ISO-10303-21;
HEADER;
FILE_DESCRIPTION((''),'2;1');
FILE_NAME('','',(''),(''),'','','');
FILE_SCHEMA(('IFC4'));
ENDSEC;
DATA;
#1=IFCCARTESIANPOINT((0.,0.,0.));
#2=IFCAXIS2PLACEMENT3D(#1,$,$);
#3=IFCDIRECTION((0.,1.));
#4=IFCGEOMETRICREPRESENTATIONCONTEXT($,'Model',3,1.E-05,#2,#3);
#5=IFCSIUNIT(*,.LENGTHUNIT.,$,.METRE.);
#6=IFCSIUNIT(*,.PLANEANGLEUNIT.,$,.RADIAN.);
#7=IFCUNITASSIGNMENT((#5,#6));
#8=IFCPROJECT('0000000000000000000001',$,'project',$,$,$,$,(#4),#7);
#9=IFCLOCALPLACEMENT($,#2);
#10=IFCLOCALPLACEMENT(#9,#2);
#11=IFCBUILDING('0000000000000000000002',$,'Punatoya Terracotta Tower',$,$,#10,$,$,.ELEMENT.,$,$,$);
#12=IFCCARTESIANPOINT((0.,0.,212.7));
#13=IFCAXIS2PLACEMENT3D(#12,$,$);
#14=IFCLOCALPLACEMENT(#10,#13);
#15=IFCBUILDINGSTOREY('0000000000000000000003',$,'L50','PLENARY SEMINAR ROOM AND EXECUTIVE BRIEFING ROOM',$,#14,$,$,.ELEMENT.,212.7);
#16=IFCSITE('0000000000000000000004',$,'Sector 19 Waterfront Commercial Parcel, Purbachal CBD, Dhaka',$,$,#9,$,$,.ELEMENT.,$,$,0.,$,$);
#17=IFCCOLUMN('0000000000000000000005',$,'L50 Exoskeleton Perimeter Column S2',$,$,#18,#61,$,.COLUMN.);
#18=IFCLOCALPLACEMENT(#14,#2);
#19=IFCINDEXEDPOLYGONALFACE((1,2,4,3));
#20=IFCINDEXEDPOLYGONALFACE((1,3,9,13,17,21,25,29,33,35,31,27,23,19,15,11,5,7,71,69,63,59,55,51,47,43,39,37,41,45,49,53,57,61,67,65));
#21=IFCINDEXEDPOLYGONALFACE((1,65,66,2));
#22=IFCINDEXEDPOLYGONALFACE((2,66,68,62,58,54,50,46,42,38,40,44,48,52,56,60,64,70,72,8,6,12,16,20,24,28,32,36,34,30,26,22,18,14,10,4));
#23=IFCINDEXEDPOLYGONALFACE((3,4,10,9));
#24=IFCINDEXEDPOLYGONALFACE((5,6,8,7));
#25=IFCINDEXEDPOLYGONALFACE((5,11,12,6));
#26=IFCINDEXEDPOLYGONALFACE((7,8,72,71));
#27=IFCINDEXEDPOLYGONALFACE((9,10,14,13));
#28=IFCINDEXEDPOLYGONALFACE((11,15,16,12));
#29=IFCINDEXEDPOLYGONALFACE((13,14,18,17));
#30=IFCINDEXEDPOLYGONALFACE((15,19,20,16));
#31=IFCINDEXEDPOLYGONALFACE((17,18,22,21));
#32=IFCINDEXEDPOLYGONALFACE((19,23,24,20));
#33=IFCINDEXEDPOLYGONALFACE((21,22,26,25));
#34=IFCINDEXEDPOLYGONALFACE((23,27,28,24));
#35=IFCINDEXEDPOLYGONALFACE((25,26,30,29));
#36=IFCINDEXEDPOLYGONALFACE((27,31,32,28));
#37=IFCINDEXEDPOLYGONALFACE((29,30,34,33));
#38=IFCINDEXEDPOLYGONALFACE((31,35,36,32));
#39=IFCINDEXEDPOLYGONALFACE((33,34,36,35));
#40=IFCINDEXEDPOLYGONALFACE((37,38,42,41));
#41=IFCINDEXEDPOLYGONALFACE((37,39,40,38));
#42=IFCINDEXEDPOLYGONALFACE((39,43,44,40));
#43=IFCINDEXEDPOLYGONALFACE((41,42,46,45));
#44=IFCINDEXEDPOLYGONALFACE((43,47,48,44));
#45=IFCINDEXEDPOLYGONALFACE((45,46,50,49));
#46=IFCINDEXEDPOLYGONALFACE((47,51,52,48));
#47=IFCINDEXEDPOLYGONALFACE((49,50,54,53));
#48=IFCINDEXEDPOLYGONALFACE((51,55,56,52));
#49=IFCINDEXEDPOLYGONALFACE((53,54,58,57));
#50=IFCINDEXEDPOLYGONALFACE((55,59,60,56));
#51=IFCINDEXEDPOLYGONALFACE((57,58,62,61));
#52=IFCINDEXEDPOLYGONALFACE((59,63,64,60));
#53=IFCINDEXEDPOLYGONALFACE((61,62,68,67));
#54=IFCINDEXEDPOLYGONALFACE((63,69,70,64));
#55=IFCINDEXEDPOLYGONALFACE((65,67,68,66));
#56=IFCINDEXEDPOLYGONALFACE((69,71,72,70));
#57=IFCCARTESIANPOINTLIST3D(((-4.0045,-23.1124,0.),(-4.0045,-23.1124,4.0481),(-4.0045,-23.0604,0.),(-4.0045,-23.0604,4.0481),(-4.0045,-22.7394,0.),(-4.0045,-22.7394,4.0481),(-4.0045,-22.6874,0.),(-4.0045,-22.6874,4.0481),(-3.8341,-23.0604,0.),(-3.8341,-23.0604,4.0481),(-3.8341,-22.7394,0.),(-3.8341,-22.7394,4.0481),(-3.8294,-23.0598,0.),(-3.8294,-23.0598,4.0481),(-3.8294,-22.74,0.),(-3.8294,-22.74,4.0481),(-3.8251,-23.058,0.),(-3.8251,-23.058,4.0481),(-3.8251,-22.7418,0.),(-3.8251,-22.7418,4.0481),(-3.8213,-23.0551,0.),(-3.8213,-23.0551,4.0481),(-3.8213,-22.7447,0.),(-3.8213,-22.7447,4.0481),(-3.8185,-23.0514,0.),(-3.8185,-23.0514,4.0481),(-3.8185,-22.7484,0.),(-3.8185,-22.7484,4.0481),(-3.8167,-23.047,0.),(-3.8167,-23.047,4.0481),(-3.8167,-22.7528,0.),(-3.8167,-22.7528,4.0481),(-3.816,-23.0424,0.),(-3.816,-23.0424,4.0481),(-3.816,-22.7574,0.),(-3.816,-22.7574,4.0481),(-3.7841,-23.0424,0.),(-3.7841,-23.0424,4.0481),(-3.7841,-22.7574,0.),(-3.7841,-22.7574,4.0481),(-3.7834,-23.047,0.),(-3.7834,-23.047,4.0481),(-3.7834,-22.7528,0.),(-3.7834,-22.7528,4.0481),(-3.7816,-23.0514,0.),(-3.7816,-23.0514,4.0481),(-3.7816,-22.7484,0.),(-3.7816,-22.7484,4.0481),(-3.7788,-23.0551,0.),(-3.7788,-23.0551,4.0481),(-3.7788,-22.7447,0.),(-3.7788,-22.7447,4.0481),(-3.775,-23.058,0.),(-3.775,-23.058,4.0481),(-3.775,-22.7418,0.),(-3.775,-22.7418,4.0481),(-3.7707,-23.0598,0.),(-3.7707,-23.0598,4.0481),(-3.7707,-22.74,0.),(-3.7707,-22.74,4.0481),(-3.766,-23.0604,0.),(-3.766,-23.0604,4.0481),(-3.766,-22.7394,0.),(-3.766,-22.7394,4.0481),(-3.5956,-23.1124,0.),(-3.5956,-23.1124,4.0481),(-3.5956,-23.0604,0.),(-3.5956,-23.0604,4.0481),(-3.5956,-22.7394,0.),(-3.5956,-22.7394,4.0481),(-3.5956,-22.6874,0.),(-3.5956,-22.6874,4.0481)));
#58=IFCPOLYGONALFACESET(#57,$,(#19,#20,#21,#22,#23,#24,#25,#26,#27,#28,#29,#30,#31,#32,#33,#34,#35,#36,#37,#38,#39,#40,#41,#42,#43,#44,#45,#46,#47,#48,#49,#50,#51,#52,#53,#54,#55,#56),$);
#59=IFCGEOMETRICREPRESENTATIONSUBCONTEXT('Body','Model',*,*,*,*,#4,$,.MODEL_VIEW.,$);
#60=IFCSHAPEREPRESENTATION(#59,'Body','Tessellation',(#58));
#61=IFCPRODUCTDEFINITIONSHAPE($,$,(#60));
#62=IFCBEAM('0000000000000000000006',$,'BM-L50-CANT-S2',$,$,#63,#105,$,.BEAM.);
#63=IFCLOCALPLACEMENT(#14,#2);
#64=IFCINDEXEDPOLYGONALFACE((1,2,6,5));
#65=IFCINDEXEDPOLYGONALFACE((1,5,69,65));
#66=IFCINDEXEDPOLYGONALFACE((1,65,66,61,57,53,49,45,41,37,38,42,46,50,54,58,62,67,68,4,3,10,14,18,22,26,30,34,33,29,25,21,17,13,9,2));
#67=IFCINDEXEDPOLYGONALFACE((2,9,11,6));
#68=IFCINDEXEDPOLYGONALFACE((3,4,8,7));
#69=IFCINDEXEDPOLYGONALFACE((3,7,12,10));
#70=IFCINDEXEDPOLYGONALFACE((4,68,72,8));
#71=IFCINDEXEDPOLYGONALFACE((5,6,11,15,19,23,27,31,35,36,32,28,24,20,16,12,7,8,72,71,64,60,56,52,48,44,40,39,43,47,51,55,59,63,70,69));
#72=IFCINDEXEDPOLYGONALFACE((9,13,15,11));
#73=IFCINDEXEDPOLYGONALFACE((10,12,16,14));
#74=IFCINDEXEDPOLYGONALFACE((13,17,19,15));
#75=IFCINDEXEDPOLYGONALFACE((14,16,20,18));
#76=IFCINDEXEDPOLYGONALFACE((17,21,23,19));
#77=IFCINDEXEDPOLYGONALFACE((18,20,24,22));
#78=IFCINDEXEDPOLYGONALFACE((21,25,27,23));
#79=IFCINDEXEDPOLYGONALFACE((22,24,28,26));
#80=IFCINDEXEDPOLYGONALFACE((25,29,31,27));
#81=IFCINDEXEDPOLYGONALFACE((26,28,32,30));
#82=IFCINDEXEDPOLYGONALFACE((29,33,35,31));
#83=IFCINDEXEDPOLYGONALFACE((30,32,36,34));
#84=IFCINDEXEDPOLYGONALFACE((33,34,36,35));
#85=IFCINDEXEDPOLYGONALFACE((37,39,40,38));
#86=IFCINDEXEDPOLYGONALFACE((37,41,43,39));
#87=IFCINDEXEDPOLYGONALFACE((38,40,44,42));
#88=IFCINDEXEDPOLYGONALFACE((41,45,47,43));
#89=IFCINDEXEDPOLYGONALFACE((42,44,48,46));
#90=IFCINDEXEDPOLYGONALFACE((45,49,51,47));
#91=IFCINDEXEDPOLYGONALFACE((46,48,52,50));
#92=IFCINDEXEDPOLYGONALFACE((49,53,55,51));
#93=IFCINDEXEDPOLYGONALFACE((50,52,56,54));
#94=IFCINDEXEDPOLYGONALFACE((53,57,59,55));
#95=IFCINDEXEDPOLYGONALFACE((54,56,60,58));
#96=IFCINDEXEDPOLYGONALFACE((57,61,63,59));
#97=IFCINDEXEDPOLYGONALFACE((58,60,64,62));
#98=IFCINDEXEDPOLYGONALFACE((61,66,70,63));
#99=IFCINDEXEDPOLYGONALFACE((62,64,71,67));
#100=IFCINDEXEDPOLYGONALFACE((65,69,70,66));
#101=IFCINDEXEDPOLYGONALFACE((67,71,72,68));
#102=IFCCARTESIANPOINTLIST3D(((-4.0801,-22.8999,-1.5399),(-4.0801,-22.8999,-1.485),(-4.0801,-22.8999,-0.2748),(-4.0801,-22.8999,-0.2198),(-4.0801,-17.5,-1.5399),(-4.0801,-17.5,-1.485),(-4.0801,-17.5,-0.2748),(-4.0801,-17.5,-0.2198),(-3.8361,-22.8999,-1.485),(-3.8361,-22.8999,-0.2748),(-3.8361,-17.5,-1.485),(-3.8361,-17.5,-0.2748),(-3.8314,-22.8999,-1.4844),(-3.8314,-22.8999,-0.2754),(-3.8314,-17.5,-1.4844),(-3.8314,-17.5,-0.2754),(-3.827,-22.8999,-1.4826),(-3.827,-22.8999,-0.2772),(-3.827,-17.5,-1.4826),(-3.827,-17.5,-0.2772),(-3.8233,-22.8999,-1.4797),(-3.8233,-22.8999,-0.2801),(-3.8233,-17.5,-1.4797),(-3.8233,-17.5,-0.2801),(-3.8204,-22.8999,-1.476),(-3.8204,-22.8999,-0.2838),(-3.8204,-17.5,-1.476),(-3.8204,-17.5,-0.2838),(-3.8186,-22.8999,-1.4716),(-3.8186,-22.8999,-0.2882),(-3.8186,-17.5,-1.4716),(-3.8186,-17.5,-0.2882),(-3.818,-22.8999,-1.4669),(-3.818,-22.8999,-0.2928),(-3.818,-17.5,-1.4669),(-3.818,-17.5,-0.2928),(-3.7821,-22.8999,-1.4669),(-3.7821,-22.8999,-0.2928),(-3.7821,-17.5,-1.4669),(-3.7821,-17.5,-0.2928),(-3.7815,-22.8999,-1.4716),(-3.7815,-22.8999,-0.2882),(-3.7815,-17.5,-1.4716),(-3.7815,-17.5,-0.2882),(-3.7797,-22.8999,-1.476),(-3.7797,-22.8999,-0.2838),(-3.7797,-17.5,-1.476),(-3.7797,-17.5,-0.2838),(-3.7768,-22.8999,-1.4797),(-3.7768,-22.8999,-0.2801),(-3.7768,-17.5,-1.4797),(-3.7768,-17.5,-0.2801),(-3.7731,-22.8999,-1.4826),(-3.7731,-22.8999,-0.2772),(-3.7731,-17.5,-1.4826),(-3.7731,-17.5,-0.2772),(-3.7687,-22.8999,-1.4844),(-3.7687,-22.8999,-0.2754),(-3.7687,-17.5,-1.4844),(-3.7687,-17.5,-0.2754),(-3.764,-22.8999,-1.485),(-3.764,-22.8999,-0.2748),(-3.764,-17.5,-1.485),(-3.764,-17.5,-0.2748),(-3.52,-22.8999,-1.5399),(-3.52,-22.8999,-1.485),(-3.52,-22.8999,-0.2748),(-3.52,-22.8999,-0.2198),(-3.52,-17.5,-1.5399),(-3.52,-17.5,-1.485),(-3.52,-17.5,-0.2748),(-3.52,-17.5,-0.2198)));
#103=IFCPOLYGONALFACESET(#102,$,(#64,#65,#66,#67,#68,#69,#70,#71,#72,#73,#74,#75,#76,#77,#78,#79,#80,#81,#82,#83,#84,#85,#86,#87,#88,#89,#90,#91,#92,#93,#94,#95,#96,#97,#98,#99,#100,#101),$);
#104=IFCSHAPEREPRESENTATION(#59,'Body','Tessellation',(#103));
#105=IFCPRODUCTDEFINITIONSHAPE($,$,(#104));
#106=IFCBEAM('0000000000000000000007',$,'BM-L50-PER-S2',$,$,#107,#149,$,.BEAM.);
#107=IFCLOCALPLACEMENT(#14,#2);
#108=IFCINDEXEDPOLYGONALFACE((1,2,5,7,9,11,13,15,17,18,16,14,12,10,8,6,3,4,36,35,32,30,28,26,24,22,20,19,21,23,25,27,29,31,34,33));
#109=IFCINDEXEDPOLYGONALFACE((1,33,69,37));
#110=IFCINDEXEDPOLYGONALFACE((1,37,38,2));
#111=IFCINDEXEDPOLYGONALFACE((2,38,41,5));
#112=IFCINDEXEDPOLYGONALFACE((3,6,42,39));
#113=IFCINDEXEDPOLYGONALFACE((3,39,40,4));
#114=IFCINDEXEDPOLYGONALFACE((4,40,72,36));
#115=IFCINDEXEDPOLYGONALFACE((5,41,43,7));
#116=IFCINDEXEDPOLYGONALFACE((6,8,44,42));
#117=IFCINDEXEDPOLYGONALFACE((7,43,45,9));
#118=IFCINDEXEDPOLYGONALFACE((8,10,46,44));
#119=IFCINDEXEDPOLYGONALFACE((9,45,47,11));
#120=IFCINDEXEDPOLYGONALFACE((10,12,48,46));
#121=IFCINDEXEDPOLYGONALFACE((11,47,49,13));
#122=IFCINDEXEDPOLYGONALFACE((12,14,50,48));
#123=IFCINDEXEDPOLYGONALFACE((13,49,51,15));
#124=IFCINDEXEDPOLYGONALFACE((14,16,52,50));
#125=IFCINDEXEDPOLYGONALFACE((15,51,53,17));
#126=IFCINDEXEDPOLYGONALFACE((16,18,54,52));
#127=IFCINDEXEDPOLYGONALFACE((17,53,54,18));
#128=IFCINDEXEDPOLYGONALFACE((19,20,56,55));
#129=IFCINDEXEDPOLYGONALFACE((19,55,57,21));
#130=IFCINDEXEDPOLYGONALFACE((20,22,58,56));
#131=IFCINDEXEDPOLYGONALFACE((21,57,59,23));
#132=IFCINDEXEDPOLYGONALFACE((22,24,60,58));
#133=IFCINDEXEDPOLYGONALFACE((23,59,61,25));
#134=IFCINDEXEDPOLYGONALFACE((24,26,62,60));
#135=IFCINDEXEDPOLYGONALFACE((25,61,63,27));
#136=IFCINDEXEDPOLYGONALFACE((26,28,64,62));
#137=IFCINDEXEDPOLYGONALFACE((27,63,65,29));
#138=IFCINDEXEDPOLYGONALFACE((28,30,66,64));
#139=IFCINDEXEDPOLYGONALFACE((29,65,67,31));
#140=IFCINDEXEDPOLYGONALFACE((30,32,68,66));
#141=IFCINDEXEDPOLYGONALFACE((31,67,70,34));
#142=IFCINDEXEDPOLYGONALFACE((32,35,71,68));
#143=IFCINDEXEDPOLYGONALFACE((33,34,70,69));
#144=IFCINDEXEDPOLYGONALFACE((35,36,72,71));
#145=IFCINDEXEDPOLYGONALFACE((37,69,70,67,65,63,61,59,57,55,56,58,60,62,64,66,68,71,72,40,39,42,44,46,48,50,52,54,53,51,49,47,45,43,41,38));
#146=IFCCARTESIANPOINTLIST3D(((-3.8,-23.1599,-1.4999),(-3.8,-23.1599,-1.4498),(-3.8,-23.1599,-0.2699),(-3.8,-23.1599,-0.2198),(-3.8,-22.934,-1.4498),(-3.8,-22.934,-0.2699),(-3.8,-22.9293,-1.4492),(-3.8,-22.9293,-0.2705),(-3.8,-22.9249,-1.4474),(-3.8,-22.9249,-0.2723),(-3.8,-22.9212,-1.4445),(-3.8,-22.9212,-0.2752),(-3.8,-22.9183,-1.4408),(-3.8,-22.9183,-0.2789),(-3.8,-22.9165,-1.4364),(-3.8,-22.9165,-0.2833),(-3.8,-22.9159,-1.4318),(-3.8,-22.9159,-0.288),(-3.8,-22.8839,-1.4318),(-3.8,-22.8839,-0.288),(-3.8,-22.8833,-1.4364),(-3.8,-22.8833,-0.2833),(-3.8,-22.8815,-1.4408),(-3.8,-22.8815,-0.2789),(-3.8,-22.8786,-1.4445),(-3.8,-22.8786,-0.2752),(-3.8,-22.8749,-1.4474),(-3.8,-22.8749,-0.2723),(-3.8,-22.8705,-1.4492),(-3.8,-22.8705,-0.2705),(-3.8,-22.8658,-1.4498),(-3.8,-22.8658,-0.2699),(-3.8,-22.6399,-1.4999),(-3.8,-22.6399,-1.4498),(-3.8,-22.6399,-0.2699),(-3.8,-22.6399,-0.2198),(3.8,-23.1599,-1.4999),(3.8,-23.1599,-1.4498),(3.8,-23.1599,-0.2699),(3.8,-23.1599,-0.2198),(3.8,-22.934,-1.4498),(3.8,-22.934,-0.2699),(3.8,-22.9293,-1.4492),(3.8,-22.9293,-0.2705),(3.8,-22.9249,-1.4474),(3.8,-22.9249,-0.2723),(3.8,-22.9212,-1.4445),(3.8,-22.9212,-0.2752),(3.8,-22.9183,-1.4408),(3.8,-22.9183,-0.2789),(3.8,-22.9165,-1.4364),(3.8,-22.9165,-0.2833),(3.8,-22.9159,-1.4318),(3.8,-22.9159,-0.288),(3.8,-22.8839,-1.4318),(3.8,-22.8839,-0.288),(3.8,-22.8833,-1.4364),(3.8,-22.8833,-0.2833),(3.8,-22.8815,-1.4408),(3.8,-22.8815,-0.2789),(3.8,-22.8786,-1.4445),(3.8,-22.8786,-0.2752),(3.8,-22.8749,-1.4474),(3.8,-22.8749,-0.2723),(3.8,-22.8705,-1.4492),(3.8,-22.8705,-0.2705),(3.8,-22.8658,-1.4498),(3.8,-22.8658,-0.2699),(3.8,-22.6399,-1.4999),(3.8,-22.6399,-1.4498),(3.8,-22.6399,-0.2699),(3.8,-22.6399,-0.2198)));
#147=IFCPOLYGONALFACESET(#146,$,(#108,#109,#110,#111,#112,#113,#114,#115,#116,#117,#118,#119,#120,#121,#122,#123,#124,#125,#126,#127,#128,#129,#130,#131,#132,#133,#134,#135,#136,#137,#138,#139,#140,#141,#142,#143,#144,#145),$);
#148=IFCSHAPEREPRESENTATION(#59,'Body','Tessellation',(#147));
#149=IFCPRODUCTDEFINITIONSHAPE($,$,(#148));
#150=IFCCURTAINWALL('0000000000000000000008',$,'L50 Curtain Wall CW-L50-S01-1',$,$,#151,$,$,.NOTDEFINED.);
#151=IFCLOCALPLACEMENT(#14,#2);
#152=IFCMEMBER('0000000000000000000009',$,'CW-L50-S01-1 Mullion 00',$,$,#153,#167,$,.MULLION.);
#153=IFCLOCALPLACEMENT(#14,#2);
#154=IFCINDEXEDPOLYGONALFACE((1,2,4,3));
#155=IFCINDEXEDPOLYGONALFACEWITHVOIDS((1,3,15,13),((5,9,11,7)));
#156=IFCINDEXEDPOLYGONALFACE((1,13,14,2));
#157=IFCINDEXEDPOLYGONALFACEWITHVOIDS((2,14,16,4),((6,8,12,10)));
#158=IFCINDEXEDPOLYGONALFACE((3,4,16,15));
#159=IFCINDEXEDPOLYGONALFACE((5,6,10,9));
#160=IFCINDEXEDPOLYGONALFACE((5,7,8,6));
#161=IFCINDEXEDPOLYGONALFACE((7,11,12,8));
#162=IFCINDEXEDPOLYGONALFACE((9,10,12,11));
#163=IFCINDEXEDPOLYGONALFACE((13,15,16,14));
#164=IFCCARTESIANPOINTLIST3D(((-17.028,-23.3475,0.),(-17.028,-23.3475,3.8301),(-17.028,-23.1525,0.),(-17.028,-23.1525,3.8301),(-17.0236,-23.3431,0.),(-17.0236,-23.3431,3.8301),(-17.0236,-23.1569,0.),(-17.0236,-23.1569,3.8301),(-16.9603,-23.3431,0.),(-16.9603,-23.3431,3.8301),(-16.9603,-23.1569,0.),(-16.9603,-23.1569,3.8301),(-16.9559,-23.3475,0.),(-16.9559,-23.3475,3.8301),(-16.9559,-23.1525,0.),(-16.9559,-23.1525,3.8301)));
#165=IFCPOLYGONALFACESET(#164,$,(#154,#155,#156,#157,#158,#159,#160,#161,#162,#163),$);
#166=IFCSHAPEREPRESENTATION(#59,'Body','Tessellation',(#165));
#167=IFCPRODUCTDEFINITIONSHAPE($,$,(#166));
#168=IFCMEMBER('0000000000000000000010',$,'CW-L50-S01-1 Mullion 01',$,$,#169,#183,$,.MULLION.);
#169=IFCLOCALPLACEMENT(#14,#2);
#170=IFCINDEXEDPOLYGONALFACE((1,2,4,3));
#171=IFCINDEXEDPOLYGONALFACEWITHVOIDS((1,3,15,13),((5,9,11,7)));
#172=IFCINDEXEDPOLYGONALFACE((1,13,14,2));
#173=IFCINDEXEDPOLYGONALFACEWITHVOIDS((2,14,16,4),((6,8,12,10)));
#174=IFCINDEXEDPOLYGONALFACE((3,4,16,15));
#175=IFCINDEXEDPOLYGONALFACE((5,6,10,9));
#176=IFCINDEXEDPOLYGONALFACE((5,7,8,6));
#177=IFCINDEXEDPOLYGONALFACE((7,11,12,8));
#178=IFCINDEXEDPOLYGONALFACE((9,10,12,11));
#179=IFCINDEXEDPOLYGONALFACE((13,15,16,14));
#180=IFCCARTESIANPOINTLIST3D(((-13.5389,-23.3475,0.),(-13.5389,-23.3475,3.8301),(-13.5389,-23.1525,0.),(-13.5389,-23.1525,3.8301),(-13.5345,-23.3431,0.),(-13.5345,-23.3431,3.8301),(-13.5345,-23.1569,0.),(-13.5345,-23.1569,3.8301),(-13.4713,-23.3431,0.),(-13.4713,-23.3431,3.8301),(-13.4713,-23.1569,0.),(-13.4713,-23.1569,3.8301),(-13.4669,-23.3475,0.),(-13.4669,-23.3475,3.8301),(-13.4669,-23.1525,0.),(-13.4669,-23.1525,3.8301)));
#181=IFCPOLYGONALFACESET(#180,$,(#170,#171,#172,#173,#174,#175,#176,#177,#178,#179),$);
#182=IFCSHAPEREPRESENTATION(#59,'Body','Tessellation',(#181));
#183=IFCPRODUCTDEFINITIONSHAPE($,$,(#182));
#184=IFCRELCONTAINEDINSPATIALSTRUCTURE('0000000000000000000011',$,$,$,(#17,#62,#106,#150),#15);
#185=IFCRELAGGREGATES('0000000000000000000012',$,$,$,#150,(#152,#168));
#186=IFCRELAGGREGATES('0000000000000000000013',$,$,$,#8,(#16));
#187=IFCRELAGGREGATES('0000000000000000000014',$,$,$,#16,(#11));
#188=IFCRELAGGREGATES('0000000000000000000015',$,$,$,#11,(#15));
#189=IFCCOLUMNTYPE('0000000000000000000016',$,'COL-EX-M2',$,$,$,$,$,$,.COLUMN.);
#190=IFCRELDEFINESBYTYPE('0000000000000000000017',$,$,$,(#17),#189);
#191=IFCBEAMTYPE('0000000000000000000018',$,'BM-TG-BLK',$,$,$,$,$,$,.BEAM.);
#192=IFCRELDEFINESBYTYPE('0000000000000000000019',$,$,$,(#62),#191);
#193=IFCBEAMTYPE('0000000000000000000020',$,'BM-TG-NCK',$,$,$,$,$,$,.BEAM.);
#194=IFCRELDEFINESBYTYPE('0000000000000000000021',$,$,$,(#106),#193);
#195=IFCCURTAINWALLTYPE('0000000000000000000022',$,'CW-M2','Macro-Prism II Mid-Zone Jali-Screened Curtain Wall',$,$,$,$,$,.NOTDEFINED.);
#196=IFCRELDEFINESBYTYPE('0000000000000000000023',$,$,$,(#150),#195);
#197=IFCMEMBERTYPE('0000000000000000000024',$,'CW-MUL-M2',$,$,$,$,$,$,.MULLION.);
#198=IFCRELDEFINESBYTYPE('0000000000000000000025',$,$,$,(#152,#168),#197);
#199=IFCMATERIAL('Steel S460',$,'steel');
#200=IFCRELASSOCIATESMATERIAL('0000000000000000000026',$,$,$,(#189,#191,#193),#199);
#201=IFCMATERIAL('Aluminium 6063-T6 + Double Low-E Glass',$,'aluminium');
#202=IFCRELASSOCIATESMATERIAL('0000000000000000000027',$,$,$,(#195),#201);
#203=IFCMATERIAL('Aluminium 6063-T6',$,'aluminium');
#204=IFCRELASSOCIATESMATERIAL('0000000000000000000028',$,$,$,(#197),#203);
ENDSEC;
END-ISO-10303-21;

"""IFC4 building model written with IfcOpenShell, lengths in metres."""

from ifc_helpers import new_model, si_unit, direction, frame, origin, origin_2d, place, context, subcontext, project, spatial, hollow_rectangle, i_section, extrude, material, material_profile, profile_set, type_object, element, aggregate, save


model = new_model("IFC4")

# Units and contexts
model_context = context("Model", 3, precision=1e-05, world=origin(), true_north=direction((0.0, 1.0)))
body_context = subcontext(model_context, "Body", "Model", "MODEL_VIEW")
ifc_project = project(units=[si_unit("LENGTHUNIT", "METRE"), si_unit("PLANEANGLEUNIT", "RADIAN")], contexts=[model_context])

# Site, building, storey
site_placement = place(None, origin())
site = spatial("IfcSite", under=ifc_project, at=site_placement, Name="Sector 19 Waterfront Commercial Parcel, Purbachal CBD, Dhaka", CompositionType="ELEMENT", RefElevation=0.0)
building_placement = place(site_placement, origin())
building = spatial("IfcBuilding", under=site, at=building_placement, Name="Punatoya Terracotta Tower", CompositionType="ELEMENT")
storey_placement = place(building_placement, frame((0.0, 0.0, 212.7)))
storey = spatial("IfcBuildingStorey", under=building, at=storey_placement, Name="L50", Description="PLENARY SEMINAR ROOM AND EXECUTIVE BRIEFING ROOM", CompositionType="ELEMENT", Elevation=212.7)

# Column
ifc_material_1 = material(Name="Steel S460", Category="steel")
ifc_material_profile_1 = material_profile(ifc_material_1, i_section(OverallWidth=0.4089, OverallDepth=0.425, WebThickness=0.032, FlangeThickness=0.052, FilletRadius=0.0181, at=origin_2d()))
ifc_profile_set_1 = profile_set([ifc_material_profile_1], Name="Steel S460")
column_type = type_object("IfcColumnType", Name="COL-EX-M2", PredefinedType="COLUMN", material=ifc_profile_set_1)
column_placement = place(storey_placement, frame((-3.8, -22.8999, 0.0), z_axis=(0.0, 0.0, 1.0), x_axis=(1.0, 0.0, 0.0)))
element("IfcColumn", 1, at=column_placement, inside=storey, type_object=column_type, Name="L50 Exoskeleton Perimeter Column S2", PredefinedType="COLUMN", context=body_context, shape_type="SweptSolid", body=[
    extrude(i_section(OverallWidth=0.4089, OverallDepth=0.425, WebThickness=0.032, FlangeThickness=0.052, FilletRadius=0.0181, at=origin_2d()), origin(), (0.0, 0.0, 1.0), 4.0481),
])

# Beams
ifc_material_profile_2 = material_profile(ifc_material_1, i_section(OverallWidth=0.5601, OverallDepth=1.3201, WebThickness=0.0359, FlangeThickness=0.0549, FilletRadius=0.0181, at=origin_2d()))
ifc_profile_set_2 = profile_set([ifc_material_profile_2], Name="Steel S460")
beam_type_1 = type_object("IfcBeamType", Name="BM-TG-BLK", PredefinedType="BEAM", material=ifc_profile_set_2)
beam_1_placement = place(storey_placement, frame((-3.8, -22.8999, -0.8799), z_axis=(0.0, 1.0, 0.0), x_axis=(-1.0, 0.0, 0.0)))
element("IfcBeam", 2, at=beam_1_placement, inside=storey, type_object=beam_type_1, Name="BM-L50-CANT-S2", PredefinedType="BEAM", context=body_context, shape_type="SweptSolid", body=[
    extrude(i_section(OverallWidth=0.5601, OverallDepth=1.3201, WebThickness=0.0359, FlangeThickness=0.0549, FilletRadius=0.0181, at=origin_2d()), origin(), (0.0, 0.0, 1.0), 5.3999),
])
ifc_material_profile_3 = material_profile(ifc_material_1, i_section(OverallWidth=0.52, OverallDepth=1.28, WebThickness=0.032, FlangeThickness=0.05, FilletRadius=0.0181, at=origin_2d()))
ifc_profile_set_3 = profile_set([ifc_material_profile_3], Name="Steel S460")
beam_type_2 = type_object("IfcBeamType", Name="BM-TG-NCK", PredefinedType="BEAM", material=ifc_profile_set_3)
beam_2_placement = place(storey_placement, frame((-3.8, -22.8999, -0.8599), z_axis=(1.0, 0.0, 0.0), x_axis=(0.0, 1.0, 0.0)))
element("IfcBeam", 3, at=beam_2_placement, inside=storey, type_object=beam_type_2, Name="BM-L50-PER-S2", PredefinedType="BEAM", context=body_context, shape_type="SweptSolid", body=[
    extrude(i_section(OverallWidth=0.52, OverallDepth=1.28, WebThickness=0.032, FlangeThickness=0.05, FilletRadius=0.0181, at=origin_2d()), origin(), (0.0, 0.0, 1.0), 7.6001),
])

# Curtain wall, members
ifc_material_2 = material(Name="Aluminium 6063-T6 + Double Low-E Glass", Category="aluminium")
curtain_wall_type = type_object("IfcCurtainWallType", Name="CW-M2", Description="Macro-Prism II Mid-Zone Jali-Screened Curtain Wall", PredefinedType="NOTDEFINED", material=ifc_material_2)
curtain_wall_1_placement = place(storey_placement, origin())
curtain_wall_1 = element("IfcCurtainWall", 4, at=curtain_wall_1_placement, inside=storey, type_object=curtain_wall_type, Name="L50 Curtain Wall CW-L50-S01-1", PredefinedType="NOTDEFINED")
ifc_material_3 = material(Name="Aluminium 6063-T6", Category="aluminium")
ifc_material_profile_4 = material_profile(ifc_material_3, hollow_rectangle(XDim=0.072, YDim=0.1951, WallThickness=0.0044, at=origin_2d()))
ifc_profile_set_4 = profile_set([ifc_material_profile_4], Name="Aluminium 6063-T6")
member_type_1 = type_object("IfcMemberType", Name="CW-MUL-M2", PredefinedType="MULLION", material=ifc_profile_set_4)
member_1_placement = place(storey_placement, frame((-16.9919, -23.25, 0.0), z_axis=(0.0, 0.0, 1.0), x_axis=(1.0, 0.0, 0.0)))
member_1 = element("IfcMember", 5, at=member_1_placement, type_object=member_type_1, Name="CW-L50-S01-1 Mullion 00", PredefinedType="MULLION", context=body_context, shape_type="SweptSolid", body=[
    extrude(hollow_rectangle(XDim=0.072, YDim=0.1951, WallThickness=0.0044, at=origin_2d()), origin(), (0.0, 0.0, 1.0), 3.8301),
])
member_2_placement = place(storey_placement, frame((-13.5029, -23.25, 0.0), z_axis=(0.0, 0.0, 1.0), x_axis=(1.0, 0.0, 0.0)))
member_2 = element("IfcMember", 6, at=member_2_placement, type_object=member_type_1, Name="CW-L50-S01-1 Mullion 01", PredefinedType="MULLION", context=body_context, shape_type="SweptSolid", body=[
    extrude(hollow_rectangle(XDim=0.072, YDim=0.1951, WallThickness=0.0044, at=origin_2d()), origin(), (0.0, 0.0, 1.0), 3.8301),
])

aggregate(curtain_wall_1, [member_1, member_2])

save(model, "model.ifc")
